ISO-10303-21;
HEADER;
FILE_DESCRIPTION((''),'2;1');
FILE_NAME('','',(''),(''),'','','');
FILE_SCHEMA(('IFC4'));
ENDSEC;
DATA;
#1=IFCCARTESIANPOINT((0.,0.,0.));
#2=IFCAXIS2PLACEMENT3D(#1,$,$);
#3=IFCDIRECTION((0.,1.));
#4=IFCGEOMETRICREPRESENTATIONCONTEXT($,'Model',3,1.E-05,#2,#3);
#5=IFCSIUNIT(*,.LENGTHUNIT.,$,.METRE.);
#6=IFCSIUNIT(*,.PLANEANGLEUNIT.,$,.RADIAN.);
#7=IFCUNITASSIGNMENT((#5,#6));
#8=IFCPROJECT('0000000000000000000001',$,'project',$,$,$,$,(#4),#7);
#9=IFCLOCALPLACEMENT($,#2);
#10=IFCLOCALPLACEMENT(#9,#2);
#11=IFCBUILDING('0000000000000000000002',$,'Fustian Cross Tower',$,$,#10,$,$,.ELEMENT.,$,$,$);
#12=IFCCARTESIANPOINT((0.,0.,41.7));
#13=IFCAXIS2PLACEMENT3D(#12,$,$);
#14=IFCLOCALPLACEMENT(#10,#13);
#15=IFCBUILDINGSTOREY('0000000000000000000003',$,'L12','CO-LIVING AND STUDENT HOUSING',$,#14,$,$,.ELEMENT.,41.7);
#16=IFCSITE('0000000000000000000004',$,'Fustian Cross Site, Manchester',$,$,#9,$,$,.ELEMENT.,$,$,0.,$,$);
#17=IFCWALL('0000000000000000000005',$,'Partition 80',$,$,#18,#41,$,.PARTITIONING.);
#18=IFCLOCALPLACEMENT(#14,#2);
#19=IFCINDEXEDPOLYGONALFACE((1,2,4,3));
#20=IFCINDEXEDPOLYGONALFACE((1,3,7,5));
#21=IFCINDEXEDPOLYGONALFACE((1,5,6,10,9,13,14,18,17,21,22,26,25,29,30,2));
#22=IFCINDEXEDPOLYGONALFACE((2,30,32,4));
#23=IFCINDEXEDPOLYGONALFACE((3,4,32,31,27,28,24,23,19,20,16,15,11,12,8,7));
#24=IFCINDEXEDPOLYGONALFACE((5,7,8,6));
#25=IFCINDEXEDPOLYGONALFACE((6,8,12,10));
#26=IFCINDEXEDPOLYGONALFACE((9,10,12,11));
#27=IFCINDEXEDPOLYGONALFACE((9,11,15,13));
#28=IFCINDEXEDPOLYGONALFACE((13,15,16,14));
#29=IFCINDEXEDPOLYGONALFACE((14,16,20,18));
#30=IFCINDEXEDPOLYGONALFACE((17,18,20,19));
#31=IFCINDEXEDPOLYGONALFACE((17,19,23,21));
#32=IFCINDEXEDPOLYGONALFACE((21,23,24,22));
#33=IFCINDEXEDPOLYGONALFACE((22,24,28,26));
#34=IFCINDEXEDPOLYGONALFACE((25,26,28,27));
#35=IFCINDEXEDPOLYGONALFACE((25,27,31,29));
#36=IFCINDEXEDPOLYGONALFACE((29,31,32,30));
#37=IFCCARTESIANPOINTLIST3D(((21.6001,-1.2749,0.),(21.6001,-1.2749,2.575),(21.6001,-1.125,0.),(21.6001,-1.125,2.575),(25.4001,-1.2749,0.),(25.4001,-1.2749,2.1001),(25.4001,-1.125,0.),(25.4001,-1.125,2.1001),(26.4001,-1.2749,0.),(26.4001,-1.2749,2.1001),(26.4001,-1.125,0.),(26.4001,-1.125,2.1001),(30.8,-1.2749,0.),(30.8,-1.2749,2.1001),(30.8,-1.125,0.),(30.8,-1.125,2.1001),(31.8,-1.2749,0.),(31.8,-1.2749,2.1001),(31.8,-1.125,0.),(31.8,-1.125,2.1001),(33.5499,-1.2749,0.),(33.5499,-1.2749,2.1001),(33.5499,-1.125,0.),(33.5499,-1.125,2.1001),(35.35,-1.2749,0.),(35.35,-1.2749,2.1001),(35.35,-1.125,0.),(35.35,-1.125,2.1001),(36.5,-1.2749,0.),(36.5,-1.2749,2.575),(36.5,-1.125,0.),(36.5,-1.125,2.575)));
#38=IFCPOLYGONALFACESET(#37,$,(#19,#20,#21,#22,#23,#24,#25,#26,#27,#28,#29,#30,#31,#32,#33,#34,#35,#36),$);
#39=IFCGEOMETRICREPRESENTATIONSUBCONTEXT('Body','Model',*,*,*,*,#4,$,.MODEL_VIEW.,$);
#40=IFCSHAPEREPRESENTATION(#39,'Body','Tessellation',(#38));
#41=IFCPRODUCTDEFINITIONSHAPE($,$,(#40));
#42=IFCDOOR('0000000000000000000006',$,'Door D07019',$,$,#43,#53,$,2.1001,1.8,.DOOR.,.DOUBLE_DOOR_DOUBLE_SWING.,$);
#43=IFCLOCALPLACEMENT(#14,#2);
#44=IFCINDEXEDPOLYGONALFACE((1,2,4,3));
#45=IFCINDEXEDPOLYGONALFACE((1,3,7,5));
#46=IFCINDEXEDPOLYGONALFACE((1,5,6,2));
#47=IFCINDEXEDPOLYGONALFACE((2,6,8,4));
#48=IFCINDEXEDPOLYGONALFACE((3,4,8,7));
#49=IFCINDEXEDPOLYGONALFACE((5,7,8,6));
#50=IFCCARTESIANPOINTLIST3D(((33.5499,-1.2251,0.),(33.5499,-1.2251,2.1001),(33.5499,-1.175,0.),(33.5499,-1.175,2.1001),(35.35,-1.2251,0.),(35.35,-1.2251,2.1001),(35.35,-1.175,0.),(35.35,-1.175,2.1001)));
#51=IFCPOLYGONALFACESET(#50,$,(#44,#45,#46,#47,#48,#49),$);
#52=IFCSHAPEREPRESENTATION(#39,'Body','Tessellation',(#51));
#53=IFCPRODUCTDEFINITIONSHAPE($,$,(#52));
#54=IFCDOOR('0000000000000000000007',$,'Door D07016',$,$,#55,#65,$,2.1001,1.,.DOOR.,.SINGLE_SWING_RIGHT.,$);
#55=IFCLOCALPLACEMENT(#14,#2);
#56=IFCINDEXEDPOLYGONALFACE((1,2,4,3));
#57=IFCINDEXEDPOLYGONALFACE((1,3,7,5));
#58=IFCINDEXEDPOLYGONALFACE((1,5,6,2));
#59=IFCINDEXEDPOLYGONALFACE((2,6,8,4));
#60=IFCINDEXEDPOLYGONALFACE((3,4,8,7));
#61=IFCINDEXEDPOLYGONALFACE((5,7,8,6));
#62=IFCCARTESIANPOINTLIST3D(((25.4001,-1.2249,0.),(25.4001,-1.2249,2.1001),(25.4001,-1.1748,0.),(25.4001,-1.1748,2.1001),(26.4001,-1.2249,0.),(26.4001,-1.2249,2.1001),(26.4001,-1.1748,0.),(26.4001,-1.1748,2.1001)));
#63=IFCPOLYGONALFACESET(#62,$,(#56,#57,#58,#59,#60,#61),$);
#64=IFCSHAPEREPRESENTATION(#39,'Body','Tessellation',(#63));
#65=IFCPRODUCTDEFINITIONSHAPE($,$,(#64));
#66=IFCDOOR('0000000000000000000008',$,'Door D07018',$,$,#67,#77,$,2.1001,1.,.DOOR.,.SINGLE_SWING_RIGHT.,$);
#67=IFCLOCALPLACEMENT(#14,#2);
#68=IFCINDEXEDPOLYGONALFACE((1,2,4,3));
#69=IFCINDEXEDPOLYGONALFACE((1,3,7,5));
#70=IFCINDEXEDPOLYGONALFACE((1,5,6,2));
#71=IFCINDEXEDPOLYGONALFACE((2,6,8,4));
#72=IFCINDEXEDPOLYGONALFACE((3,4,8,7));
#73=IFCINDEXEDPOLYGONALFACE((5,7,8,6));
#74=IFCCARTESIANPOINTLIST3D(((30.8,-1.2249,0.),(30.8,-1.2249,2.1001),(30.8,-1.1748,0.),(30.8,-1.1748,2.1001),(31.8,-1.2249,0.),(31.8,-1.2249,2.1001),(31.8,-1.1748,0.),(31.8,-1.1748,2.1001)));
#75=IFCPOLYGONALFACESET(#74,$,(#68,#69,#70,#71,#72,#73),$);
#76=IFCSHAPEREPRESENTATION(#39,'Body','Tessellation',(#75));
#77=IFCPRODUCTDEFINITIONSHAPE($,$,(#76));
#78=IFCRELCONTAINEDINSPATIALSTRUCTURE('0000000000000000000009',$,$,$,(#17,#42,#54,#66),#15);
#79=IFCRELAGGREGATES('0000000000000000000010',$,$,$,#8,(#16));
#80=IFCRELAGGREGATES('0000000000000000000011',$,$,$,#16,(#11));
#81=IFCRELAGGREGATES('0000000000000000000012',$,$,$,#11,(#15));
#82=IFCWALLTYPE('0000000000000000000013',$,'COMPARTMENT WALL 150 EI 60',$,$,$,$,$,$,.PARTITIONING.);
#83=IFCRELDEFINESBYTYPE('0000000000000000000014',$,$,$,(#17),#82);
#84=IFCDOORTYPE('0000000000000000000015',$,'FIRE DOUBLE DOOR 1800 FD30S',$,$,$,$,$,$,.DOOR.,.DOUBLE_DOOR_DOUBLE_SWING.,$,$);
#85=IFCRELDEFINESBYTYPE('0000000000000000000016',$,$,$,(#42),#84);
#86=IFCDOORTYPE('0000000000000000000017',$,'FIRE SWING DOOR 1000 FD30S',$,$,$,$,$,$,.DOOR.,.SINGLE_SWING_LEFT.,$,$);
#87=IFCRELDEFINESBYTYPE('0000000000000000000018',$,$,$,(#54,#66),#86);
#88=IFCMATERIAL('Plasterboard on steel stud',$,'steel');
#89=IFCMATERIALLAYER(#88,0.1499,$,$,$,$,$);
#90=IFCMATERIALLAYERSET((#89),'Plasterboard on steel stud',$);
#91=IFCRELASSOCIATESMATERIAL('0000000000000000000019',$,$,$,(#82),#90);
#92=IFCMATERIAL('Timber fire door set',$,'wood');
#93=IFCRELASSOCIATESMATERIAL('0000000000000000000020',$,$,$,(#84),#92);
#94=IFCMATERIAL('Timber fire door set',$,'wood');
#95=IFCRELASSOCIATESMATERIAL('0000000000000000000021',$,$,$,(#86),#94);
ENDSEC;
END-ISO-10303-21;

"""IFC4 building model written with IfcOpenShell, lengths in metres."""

from ifc_helpers import new_model, si_unit, direction, frame, frame_2d, origin, place, context, subcontext, project, spatial, rectangle, extrude, material, layer, layer_set, type_object, element, fill, save


model = new_model("IFC4")

# Units and contexts
model_context = context("Model", 3, precision=1e-05, world=origin(), true_north=direction((0.0, 1.0)))
body_context = subcontext(model_context, "Body", "Model", "MODEL_VIEW")
ifc_project = project(units=[si_unit("LENGTHUNIT", "METRE"), si_unit("PLANEANGLEUNIT", "RADIAN")], contexts=[model_context])

# Site, building, storey
site_placement = place(None, origin())
site = spatial("IfcSite", under=ifc_project, at=site_placement, Name="Fustian Cross Site, Manchester", CompositionType="ELEMENT", RefElevation=0.0)
building_placement = place(site_placement, origin())
building = spatial("IfcBuilding", under=site, at=building_placement, Name="Fustian Cross Tower", CompositionType="ELEMENT")
storey_placement = place(building_placement, frame((0.0, 0.0, 41.7)))
storey = spatial("IfcBuildingStorey", under=building, at=storey_placement, Name="L12", Description="CO-LIVING AND STUDENT HOUSING", CompositionType="ELEMENT", Elevation=41.7)

# Wall, openings, doors
ifc_material_1 = material(Name="Plasterboard on steel stud", Category="steel")
ifc_layer_1 = layer(ifc_material_1, 0.1499)
ifc_layer_set_1 = layer_set([ifc_layer_1], Name="Plasterboard on steel stud")
wall_type_1 = type_object("IfcWallType", Name="COMPARTMENT WALL 150 EI 60", PredefinedType="PARTITIONING", material=ifc_layer_set_1)
wall_1_placement = place(storey_placement, frame((21.6001, -1.2, 0.0), z_axis=(0.0, 0.0, 1.0), x_axis=(1.0, 0.0, 0.0)))
wall_1 = element("IfcWall", 1, at=wall_1_placement, inside=storey, type_object=wall_type_1, Name="Partition 80", PredefinedType="PARTITIONING", context=body_context, shape_type="SweptSolid", body=[
    extrude(rectangle(XDim=14.8999, YDim=0.1499, at=frame_2d((7.45, 0.0))), origin(), (0.0, 0.0, 1.0), 2.575),
])
opening_1_placement = place(wall_1_placement, frame((3.8, 0.0, 0.0)))
opening_1 = element("IfcOpeningElement", 2, at=opening_1_placement, cuts=wall_1, PredefinedType="OPENING", context=body_context, shape_type="SweptSolid", body=[
    extrude(rectangle(XDim=1.0, YDim=2.1001, at=frame_2d((0.5, 1.05))), frame((0.0, 0.085, 0.0), z_axis=(0.0, -1.0, 0.0), x_axis=(1.0, 0.0, 0.0)), (0.0, 0.0, 1.0), 0.1699),
])
opening_2_placement = place(wall_1_placement, frame((9.2, 0.0, 0.0)))
opening_2 = element("IfcOpeningElement", 3, at=opening_2_placement, cuts=wall_1, PredefinedType="OPENING", context=body_context, shape_type="SweptSolid", body=[
    extrude(rectangle(XDim=1.0, YDim=2.1001, at=frame_2d((0.5, 1.05))), frame((0.0, 0.085, 0.0), z_axis=(0.0, -1.0, 0.0), x_axis=(1.0, 0.0, 0.0)), (0.0, 0.0, 1.0), 0.1699),
])
opening_3_placement = place(wall_1_placement, frame((11.95, 0.0, 0.0)))
opening_3 = element("IfcOpeningElement", 4, at=opening_3_placement, cuts=wall_1, PredefinedType="OPENING", context=body_context, shape_type="SweptSolid", body=[
    extrude(rectangle(XDim=1.8, YDim=2.1001, at=frame_2d((0.8999, 1.05))), frame((0.0, 0.085, 0.0), z_axis=(0.0, -1.0, 0.0), x_axis=(1.0, 0.0, 0.0)), (0.0, 0.0, 1.0), 0.1699),
])
ifc_material_2 = material(Name="Timber fire door set", Category="wood")
door_type_1 = type_object("IfcDoorType", Name="FIRE DOUBLE DOOR 1800 FD30S", OperationType="DOUBLE_DOOR_DOUBLE_SWING", PredefinedType="DOOR", material=ifc_material_2)
door_1_placement = place(opening_3_placement, origin())
door_1 = element("IfcDoor", 5, at=door_1_placement, inside=storey, type_object=door_type_1, Name="Door D07019", OperationType="DOUBLE_DOOR_DOUBLE_SWING", OverallHeight=2.1001, OverallWidth=1.8, PredefinedType="DOOR", context=body_context, shape_type="SweptSolid", body=[
    extrude(rectangle(XDim=1.8, YDim=2.1001, at=frame_2d((0.8999, 1.05))), frame((0.0, 0.0249, 0.0), z_axis=(0.0, -1.0, 0.0), x_axis=(1.0, 0.0, 0.0)), (0.0, 0.0, 1.0), 0.05),
])
fill(opening_3, door_1)
ifc_material_3 = material(Name="Timber fire door set", Category="wood")
door_type_2 = type_object("IfcDoorType", Name="FIRE SWING DOOR 1000 FD30S", OperationType="SINGLE_SWING_LEFT", PredefinedType="DOOR", material=ifc_material_3)
door_2_placement = place(opening_1_placement, frame((1.0, 0.0, 0.0), z_axis=(0.0, 0.0, 1.0), x_axis=(-1.0, 0.0, 0.0)))
door_2 = element("IfcDoor", 6, at=door_2_placement, inside=storey, type_object=door_type_2, Name="Door D07016", OperationType="SINGLE_SWING_RIGHT", OverallHeight=2.1001, OverallWidth=1.0, PredefinedType="DOOR", context=body_context, shape_type="SweptSolid", body=[
    extrude(rectangle(XDim=1.0, YDim=2.1001, at=frame_2d((0.5, 1.05))), frame((0.0, 0.0249, 0.0), z_axis=(0.0, -1.0, 0.0), x_axis=(1.0, 0.0, 0.0)), (0.0, 0.0, 1.0), 0.05),
])
fill(opening_1, door_2)
door_3_placement = place(opening_2_placement, frame((1.0, 0.0, 0.0), z_axis=(0.0, 0.0, 1.0), x_axis=(-1.0, 0.0, 0.0)))
door_3 = element("IfcDoor", 7, at=door_3_placement, inside=storey, type_object=door_type_2, Name="Door D07018", OperationType="SINGLE_SWING_RIGHT", OverallHeight=2.1001, OverallWidth=1.0, PredefinedType="DOOR", context=body_context, shape_type="SweptSolid", body=[
    extrude(rectangle(XDim=1.0, YDim=2.1001, at=frame_2d((0.5, 1.05))), frame((0.0, 0.0249, 0.0), z_axis=(0.0, -1.0, 0.0), x_axis=(1.0, 0.0, 0.0)), (0.0, 0.0, 1.0), 0.05),
])
fill(opening_2, door_3)

save(model, "model.ifc")
